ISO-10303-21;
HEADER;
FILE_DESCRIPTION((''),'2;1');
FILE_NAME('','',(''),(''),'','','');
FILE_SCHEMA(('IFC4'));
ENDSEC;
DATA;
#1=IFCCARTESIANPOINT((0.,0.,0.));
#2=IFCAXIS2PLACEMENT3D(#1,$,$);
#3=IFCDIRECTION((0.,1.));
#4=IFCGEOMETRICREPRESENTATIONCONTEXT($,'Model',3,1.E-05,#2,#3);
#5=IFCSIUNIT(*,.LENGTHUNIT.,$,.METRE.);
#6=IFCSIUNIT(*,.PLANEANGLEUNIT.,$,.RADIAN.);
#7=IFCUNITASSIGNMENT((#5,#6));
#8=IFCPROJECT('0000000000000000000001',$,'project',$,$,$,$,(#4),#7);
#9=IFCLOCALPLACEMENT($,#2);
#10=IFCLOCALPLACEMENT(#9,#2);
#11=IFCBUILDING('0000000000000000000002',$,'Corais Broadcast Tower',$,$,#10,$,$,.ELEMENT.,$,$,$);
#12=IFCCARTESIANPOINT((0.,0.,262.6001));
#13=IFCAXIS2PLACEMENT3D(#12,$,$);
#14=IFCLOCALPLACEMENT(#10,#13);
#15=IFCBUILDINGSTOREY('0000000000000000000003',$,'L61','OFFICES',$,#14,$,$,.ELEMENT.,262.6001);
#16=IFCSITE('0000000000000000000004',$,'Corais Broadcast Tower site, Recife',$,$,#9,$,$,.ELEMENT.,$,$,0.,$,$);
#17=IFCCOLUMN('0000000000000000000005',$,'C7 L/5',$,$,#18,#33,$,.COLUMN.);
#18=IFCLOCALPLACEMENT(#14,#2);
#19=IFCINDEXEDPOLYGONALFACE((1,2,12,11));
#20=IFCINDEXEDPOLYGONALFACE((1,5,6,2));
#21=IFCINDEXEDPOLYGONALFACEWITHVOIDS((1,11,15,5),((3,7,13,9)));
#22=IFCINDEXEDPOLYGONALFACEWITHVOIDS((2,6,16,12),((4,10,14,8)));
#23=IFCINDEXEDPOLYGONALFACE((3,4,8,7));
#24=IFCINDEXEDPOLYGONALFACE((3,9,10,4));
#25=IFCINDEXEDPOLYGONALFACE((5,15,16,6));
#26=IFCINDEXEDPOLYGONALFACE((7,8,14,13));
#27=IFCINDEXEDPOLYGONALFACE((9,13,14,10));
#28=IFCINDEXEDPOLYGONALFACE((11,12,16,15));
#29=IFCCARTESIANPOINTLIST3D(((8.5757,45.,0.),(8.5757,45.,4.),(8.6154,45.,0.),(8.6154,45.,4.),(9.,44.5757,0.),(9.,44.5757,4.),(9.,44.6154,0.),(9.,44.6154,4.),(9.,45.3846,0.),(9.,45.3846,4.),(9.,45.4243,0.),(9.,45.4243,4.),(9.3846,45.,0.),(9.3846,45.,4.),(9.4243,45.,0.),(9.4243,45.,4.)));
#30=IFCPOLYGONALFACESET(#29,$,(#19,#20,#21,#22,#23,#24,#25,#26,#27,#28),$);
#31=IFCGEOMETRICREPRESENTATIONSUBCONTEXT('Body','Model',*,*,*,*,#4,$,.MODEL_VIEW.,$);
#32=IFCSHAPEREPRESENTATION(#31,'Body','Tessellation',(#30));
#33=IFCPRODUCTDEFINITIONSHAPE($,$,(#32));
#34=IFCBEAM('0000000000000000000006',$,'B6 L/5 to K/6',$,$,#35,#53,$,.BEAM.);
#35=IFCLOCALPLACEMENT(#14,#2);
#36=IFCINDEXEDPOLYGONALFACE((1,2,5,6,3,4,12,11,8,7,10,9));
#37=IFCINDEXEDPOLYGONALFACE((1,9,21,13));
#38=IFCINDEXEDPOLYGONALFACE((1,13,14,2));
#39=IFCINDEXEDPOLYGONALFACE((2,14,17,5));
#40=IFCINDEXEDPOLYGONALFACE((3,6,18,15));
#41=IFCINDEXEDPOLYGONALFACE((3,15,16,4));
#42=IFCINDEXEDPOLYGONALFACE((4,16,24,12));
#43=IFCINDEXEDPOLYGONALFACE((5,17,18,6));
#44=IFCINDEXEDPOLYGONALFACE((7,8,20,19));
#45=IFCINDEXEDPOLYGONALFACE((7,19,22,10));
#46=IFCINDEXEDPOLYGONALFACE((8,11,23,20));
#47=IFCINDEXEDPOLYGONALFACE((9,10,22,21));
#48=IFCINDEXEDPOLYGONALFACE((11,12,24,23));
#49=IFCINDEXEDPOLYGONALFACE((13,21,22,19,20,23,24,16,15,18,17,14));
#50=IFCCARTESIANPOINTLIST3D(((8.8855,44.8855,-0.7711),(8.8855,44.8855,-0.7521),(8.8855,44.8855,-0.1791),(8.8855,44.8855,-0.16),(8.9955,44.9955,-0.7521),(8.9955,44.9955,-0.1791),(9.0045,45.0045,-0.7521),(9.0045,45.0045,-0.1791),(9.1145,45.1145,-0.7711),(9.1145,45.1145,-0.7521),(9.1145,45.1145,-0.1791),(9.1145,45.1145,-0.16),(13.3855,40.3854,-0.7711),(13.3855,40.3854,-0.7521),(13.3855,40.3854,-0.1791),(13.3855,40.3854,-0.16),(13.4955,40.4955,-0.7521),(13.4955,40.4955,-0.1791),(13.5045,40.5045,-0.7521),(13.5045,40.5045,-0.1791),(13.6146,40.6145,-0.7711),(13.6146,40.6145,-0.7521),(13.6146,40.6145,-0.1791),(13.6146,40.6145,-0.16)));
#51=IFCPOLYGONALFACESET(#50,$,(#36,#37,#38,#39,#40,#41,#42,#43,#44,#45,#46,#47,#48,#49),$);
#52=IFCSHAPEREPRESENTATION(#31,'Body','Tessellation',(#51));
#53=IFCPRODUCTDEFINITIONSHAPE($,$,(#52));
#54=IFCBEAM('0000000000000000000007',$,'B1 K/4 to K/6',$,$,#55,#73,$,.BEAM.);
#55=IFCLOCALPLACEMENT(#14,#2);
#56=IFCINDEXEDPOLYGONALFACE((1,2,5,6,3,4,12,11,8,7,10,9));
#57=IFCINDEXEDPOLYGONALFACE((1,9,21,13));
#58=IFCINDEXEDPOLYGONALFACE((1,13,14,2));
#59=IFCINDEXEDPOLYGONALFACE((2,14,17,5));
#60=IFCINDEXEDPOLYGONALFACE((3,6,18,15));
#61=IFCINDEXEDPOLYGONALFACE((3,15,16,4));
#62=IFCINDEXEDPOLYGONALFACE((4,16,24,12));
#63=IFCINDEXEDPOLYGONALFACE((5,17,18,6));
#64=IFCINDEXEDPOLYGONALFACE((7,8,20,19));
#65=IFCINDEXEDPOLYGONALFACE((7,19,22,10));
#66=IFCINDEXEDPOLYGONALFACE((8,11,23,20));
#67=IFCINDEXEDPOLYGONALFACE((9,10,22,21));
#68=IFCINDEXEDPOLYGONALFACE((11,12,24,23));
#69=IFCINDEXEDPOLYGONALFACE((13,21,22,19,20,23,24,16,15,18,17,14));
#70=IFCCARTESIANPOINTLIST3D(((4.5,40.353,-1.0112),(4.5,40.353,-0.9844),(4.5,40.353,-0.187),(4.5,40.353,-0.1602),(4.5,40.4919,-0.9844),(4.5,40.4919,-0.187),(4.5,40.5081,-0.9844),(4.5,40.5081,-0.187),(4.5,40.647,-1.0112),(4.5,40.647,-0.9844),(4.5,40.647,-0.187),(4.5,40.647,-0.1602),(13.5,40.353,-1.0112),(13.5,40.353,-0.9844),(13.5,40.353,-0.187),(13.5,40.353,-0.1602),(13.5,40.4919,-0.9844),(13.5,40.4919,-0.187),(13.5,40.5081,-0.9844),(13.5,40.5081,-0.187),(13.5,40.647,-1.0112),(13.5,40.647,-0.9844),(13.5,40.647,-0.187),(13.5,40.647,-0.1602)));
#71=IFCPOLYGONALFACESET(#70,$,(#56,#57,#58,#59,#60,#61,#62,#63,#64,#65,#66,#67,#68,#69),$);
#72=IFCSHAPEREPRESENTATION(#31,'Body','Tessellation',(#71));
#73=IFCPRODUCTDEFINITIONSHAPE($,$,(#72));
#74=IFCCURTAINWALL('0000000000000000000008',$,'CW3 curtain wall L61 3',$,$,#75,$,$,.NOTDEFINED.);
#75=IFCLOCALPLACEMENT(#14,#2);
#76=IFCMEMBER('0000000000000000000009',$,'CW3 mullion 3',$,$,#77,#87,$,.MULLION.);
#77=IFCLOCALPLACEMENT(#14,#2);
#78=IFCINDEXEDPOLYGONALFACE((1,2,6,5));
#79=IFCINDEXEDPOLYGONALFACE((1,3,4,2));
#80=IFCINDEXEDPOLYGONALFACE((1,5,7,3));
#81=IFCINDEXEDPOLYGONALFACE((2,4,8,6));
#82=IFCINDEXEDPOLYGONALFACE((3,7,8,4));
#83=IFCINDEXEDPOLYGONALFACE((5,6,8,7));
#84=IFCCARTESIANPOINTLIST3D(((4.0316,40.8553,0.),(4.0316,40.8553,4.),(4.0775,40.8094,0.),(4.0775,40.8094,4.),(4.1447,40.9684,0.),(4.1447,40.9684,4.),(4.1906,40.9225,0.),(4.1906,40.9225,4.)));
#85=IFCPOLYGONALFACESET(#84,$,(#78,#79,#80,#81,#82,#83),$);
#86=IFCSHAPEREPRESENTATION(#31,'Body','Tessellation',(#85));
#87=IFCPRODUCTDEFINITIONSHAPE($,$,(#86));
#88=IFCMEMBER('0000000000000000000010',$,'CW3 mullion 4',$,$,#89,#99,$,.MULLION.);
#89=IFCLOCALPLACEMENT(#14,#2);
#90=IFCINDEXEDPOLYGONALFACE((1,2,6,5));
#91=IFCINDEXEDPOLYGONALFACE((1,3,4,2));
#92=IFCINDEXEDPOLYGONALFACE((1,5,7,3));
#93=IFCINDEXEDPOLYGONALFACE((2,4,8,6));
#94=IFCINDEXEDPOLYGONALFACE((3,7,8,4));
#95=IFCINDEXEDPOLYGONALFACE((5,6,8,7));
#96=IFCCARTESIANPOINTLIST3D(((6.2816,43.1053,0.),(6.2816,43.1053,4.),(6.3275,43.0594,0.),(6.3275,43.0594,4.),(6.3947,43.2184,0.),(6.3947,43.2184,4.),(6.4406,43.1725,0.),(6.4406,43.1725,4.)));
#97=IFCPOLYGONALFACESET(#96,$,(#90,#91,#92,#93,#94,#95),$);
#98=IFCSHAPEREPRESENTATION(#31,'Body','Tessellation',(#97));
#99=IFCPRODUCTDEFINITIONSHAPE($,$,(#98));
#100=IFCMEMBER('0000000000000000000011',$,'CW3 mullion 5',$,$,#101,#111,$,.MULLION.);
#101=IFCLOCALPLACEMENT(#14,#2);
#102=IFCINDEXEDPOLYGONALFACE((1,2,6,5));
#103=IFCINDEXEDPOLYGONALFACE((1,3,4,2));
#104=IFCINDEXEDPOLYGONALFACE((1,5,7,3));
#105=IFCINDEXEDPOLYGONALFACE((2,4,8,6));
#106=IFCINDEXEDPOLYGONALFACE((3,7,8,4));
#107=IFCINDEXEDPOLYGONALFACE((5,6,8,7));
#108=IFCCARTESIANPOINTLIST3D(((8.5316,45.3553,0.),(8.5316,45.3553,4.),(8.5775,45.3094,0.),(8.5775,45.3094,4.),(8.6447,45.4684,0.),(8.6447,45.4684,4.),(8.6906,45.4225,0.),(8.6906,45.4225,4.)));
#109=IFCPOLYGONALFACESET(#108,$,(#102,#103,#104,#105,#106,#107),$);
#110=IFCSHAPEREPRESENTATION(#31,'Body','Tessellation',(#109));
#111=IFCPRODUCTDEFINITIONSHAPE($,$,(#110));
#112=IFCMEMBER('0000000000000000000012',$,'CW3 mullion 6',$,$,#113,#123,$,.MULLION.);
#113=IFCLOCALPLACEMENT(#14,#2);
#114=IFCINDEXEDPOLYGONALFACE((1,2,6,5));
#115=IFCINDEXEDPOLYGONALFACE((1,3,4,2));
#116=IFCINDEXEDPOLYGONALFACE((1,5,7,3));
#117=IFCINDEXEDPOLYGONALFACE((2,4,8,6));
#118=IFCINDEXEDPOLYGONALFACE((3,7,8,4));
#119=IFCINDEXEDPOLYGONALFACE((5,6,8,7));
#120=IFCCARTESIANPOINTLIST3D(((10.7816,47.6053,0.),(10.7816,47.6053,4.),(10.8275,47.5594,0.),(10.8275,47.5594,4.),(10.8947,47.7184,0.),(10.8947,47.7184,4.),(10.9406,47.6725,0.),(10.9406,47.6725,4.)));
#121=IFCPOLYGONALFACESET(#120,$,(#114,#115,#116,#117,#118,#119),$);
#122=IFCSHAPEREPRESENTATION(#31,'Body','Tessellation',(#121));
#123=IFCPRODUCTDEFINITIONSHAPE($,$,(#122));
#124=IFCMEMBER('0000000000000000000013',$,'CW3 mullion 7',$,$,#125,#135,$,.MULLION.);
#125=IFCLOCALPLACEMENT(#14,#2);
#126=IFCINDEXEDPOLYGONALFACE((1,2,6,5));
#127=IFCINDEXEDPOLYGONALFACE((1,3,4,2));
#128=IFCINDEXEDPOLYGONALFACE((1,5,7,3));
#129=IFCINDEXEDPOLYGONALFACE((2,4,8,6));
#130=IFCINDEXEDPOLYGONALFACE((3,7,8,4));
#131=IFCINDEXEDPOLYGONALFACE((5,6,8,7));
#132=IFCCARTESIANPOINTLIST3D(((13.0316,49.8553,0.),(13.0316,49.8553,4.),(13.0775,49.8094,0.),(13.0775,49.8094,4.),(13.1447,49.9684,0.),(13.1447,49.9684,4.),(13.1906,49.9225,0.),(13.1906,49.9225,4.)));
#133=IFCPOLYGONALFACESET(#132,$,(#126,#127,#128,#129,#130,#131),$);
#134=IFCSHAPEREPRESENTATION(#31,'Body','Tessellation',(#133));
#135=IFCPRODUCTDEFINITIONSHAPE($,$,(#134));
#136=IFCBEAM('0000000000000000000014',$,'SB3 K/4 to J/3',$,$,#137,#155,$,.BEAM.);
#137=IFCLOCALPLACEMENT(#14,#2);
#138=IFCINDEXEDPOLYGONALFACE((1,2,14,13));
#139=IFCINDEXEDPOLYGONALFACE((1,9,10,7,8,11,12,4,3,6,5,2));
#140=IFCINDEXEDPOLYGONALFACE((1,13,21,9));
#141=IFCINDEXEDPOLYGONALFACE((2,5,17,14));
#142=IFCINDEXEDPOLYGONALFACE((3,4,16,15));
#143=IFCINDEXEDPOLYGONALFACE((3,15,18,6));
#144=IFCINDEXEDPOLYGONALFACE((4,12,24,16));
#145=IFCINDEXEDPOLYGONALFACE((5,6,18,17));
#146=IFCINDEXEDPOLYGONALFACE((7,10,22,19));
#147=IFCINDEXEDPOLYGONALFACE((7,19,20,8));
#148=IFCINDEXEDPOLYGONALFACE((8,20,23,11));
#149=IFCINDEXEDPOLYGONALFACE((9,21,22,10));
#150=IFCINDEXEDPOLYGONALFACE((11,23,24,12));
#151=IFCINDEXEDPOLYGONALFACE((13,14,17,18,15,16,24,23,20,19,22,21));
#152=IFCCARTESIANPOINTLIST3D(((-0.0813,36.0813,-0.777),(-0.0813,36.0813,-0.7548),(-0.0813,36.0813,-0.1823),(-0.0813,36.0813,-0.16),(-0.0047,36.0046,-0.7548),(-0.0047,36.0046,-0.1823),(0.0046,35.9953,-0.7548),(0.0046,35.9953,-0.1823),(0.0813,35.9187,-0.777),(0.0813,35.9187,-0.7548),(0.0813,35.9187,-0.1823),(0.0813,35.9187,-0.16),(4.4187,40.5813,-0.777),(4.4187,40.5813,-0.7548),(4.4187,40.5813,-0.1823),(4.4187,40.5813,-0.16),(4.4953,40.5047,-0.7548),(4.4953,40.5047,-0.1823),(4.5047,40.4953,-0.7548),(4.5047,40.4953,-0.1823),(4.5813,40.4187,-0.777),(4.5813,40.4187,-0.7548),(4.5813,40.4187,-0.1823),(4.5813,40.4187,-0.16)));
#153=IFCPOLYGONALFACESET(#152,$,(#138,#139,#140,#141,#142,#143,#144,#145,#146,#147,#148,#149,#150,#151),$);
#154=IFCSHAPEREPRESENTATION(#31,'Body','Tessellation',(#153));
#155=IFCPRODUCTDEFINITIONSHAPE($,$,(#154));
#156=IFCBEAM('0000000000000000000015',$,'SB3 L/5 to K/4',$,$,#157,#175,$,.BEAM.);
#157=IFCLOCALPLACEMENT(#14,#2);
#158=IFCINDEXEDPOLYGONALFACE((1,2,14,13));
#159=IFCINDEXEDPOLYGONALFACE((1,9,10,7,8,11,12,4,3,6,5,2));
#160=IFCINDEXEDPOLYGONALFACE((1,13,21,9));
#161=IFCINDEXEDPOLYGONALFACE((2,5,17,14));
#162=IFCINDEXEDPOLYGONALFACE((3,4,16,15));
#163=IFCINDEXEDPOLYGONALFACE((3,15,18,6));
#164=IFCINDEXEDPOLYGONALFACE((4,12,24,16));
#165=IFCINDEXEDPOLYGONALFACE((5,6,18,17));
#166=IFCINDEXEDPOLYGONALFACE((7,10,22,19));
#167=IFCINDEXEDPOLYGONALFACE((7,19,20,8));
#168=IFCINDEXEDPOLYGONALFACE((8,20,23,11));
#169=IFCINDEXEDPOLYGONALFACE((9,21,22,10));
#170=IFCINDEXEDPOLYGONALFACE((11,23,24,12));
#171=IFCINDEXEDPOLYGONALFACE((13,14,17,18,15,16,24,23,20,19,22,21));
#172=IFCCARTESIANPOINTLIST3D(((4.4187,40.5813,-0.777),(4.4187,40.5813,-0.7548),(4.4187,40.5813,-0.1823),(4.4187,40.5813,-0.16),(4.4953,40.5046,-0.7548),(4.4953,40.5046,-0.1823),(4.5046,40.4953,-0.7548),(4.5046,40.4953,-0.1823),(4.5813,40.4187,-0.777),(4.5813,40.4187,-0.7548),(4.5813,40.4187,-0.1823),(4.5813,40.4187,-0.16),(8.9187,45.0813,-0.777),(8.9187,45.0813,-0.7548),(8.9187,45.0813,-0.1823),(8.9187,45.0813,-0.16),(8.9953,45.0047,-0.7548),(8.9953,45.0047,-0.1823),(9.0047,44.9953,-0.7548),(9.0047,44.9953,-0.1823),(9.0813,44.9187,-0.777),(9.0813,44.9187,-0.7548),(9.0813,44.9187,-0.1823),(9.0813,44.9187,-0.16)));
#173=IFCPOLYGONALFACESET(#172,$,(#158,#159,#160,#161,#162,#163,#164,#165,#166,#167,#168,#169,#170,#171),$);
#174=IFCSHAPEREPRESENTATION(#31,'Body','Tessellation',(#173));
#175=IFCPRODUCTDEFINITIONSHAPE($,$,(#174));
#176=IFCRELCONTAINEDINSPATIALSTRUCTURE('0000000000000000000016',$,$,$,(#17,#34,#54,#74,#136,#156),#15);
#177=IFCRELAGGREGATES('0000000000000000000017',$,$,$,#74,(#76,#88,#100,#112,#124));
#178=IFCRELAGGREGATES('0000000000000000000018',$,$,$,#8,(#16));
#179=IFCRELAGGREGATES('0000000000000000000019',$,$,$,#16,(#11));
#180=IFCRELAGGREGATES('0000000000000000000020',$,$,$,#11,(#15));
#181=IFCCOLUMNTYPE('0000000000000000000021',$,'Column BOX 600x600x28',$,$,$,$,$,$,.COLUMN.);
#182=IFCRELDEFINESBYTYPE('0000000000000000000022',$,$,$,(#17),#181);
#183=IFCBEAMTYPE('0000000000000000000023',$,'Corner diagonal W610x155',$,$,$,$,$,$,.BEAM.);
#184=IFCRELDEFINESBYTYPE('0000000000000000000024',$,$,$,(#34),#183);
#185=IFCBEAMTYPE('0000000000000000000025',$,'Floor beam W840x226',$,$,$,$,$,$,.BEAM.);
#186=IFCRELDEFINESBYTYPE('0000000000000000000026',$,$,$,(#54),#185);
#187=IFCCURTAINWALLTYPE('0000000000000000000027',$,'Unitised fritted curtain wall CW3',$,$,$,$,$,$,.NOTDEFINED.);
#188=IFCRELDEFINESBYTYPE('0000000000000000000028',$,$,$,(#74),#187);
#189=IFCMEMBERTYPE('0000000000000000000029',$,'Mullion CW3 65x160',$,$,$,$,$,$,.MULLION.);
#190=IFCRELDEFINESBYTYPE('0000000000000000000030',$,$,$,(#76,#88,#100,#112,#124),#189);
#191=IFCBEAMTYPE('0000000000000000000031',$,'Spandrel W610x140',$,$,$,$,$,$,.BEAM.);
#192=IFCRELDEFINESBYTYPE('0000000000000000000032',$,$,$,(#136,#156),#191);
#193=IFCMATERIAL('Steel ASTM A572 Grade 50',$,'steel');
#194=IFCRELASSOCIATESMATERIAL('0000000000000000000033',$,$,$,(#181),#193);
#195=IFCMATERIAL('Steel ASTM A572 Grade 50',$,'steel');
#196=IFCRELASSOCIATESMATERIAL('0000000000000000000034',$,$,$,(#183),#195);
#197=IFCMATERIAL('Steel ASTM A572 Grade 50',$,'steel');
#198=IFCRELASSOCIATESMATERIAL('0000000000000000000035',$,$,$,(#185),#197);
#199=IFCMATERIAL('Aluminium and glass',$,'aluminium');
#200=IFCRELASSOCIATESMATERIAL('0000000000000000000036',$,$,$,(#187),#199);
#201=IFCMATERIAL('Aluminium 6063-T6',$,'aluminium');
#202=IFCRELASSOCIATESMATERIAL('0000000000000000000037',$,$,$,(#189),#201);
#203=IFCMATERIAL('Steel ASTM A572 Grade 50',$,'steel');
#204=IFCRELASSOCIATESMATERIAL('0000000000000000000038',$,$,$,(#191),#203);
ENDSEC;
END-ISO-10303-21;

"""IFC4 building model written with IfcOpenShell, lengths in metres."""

from ifc_helpers import new_model, si_unit, direction, frame, origin, origin_2d, place, context, subcontext, project, spatial, rectangle, hollow_rectangle, i_section, extrude, material, material_profile, profile_set, type_object, element, aggregate, save


model = new_model("IFC4")

# Units and contexts
model_context = context("Model", 3, precision=1e-05, world=origin(), true_north=direction((0.0, 1.0)))
body_context = subcontext(model_context, "Body", "Model", "MODEL_VIEW")
ifc_project = project(units=[si_unit("LENGTHUNIT", "METRE"), si_unit("PLANEANGLEUNIT", "RADIAN")], contexts=[model_context])

# Site, building, storey
site_placement = place(None, origin())
site = spatial("IfcSite", under=ifc_project, at=site_placement, Name="Corais Broadcast Tower site, Recife", CompositionType="ELEMENT", RefElevation=0.0)
building_placement = place(site_placement, origin())
building = spatial("IfcBuilding", under=site, at=building_placement, Name="Corais Broadcast Tower", CompositionType="ELEMENT")
storey_placement = place(building_placement, frame((0.0, 0.0, 262.6001)))
storey = spatial("IfcBuildingStorey", under=building, at=storey_placement, Name="L61", Description="OFFICES", CompositionType="ELEMENT", Elevation=262.6001)

# Column
ifc_material_1 = material(Name="Steel ASTM A572 Grade 50", Category="steel")
ifc_material_profile_1 = material_profile(ifc_material_1, hollow_rectangle(XDim=0.6001, YDim=0.6001, WallThickness=0.0281, at=origin_2d()), Name="BOX 600x600x28")
ifc_profile_set_1 = profile_set([ifc_material_profile_1], Name="Steel ASTM A572 Grade 50")
column_type = type_object("IfcColumnType", Name="Column BOX 600x600x28", PredefinedType="COLUMN", material=ifc_profile_set_1)
column_placement = place(storey_placement, frame((9.0, 45.0, 0.0), z_axis=(0.0, 0.0, 1.0), x_axis=(0.707107, 0.707107, 0.0)))
element("IfcColumn", 1, at=column_placement, inside=storey, type_object=column_type, Name="C7 L/5", PredefinedType="COLUMN", context=body_context, shape_type="SweptSolid", body=[
    extrude(hollow_rectangle(XDim=0.6001, YDim=0.6001, WallThickness=0.0281, at=origin_2d()), origin(), (0.0, 0.0, 1.0), 4.0),
])

# Beams
ifc_material_2 = material(Name="Steel ASTM A572 Grade 50", Category="steel")
ifc_material_profile_2 = material_profile(ifc_material_2, i_section(OverallWidth=0.324, OverallDepth=0.6111, WebThickness=0.0127, FlangeThickness=0.019, at=origin_2d()), Name="W610x155")
ifc_profile_set_2 = profile_set([ifc_material_profile_2], Name="Steel ASTM A572 Grade 50")
beam_type_1 = type_object("IfcBeamType", Name="Corner diagonal W610x155", PredefinedType="BEAM", material=ifc_profile_set_2)
beam_1_placement = place(storey_placement, frame((9.0, 45.0, -0.4656), z_axis=(0.707107, -0.707107, 0.0), x_axis=(0.707107, 0.707107, 0.0)))
element("IfcBeam", 2, at=beam_1_placement, inside=storey, type_object=beam_type_1, Name="B6 L/5 to K/6", PredefinedType="BEAM", context=body_context, shape_type="SweptSolid", body=[
    extrude(i_section(OverallWidth=0.324, OverallDepth=0.6111, WebThickness=0.0127, FlangeThickness=0.019, at=origin_2d()), origin(), (0.0, 0.0, 1.0), 6.364),
])
ifc_material_3 = material(Name="Steel ASTM A572 Grade 50", Category="steel")
ifc_material_profile_3 = material_profile(ifc_material_3, i_section(OverallWidth=0.2939, OverallDepth=0.8511, WebThickness=0.0161, FlangeThickness=0.0269, at=origin_2d()), Name="W840x226")
ifc_profile_set_3 = profile_set([ifc_material_profile_3], Name="Steel ASTM A572 Grade 50")
beam_type_2 = type_object("IfcBeamType", Name="Floor beam W840x226", PredefinedType="BEAM", material=ifc_profile_set_3)
beam_2_placement = place(storey_placement, frame((4.5, 40.5, -0.5857), z_axis=(1.0, 0.0, 0.0), x_axis=(0.0, 1.0, 0.0)))
element("IfcBeam", 3, at=beam_2_placement, inside=storey, type_object=beam_type_2, Name="B1 K/4 to K/6", PredefinedType="BEAM", context=body_context, shape_type="SweptSolid", body=[
    extrude(i_section(OverallWidth=0.2939, OverallDepth=0.8511, WebThickness=0.0161, FlangeThickness=0.0269, at=origin_2d()), origin(), (0.0, 0.0, 1.0), 9.0),
])

# Curtain wall, members
ifc_material_4 = material(Name="Aluminium and glass", Category="aluminium")
curtain_wall_type = type_object("IfcCurtainWallType", Name="Unitised fritted curtain wall CW3", PredefinedType="NOTDEFINED", material=ifc_material_4)
curtain_wall_placement = place(storey_placement, origin())
curtain_wall = element("IfcCurtainWall", 4, at=curtain_wall_placement, inside=storey, type_object=curtain_wall_type, Name="CW3 curtain wall L61 3", PredefinedType="NOTDEFINED")
ifc_material_5 = material(Name="Aluminium 6063-T6", Category="aluminium")
ifc_material_profile_4 = material_profile(ifc_material_5, rectangle(XDim=0.0649, YDim=0.1599, at=origin_2d()), Name="Mullion CW3 65x160")
ifc_profile_set_4 = profile_set([ifc_material_profile_4], Name="Aluminium 6063-T6")
member_type_1 = type_object("IfcMemberType", Name="Mullion CW3 65x160", PredefinedType="MULLION", material=ifc_profile_set_4)
member_1_placement = place(storey_placement, frame((4.1111, 40.8889, 0.0), z_axis=(0.0, 0.0, 1.0), x_axis=(-0.707107, 0.707107, 0.0)))
member_1 = element("IfcMember", 5, at=member_1_placement, type_object=member_type_1, Name="CW3 mullion 3", PredefinedType="MULLION", context=body_context, shape_type="SweptSolid", body=[
    extrude(rectangle(XDim=0.0649, YDim=0.1599, at=origin_2d()), origin(), (0.0, 0.0, 1.0), 4.0),
])
member_2_placement = place(storey_placement, frame((6.3611, 43.1389, 0.0), z_axis=(0.0, 0.0, 1.0), x_axis=(-0.707107, 0.707107, 0.0)))
member_2 = element("IfcMember", 6, at=member_2_placement, type_object=member_type_1, Name="CW3 mullion 4", PredefinedType="MULLION", context=body_context, shape_type="SweptSolid", body=[
    extrude(rectangle(XDim=0.0649, YDim=0.1599, at=origin_2d()), origin(), (0.0, 0.0, 1.0), 4.0),
])
member_3_placement = place(storey_placement, frame((8.6111, 45.3889, 0.0), z_axis=(0.0, 0.0, 1.0), x_axis=(-0.707107, 0.707107, 0.0)))
member_3 = element("IfcMember", 7, at=member_3_placement, type_object=member_type_1, Name="CW3 mullion 5", PredefinedType="MULLION", context=body_context, shape_type="SweptSolid", body=[
    extrude(rectangle(XDim=0.0649, YDim=0.1599, at=origin_2d()), origin(), (0.0, 0.0, 1.0), 4.0),
])
member_4_placement = place(storey_placement, frame((10.8611, 47.6389, 0.0), z_axis=(0.0, 0.0, 1.0), x_axis=(-0.707107, 0.707107, 0.0)))
member_4 = element("IfcMember", 8, at=member_4_placement, type_object=member_type_1, Name="CW3 mullion 6", PredefinedType="MULLION", context=body_context, shape_type="SweptSolid", body=[
    extrude(rectangle(XDim=0.0649, YDim=0.1599, at=origin_2d()), origin(), (0.0, 0.0, 1.0), 4.0),
])
member_5_placement = place(storey_placement, frame((13.1111, 49.8889, 0.0), z_axis=(0.0, 0.0, 1.0), x_axis=(-0.707107, 0.707107, 0.0)))
member_5 = element("IfcMember", 9, at=member_5_placement, type_object=member_type_1, Name="CW3 mullion 7", PredefinedType="MULLION", context=body_context, shape_type="SweptSolid", body=[
    extrude(rectangle(XDim=0.0649, YDim=0.1599, at=origin_2d()), origin(), (0.0, 0.0, 1.0), 4.0),
])

# Beams
ifc_material_6 = material(Name="Steel ASTM A572 Grade 50", Category="steel")
ifc_material_profile_5 = material_profile(ifc_material_6, i_section(OverallWidth=0.23, OverallDepth=0.6169, WebThickness=0.0132, FlangeThickness=0.0222, at=origin_2d()), Name="W610x140")
ifc_profile_set_5 = profile_set([ifc_material_profile_5], Name="Steel ASTM A572 Grade 50")
beam_type_3 = type_object("IfcBeamType", Name="Spandrel W610x140", PredefinedType="BEAM", material=ifc_profile_set_5)
for number, where, z_axis, x_axis, name in (
    (10, (4.5, 40.5, -0.4685), (-0.707107, -0.707107, 0.0), (0.707107, -0.707107, 0.0), "SB3 K/4 to J/3"),
    (11, (9.0, 45.0, -0.4685), (-0.707107, -0.707107, 0.0), (0.707107, -0.707107, 0.0), "SB3 L/5 to K/4"),
):
    element("IfcBeam", number, at=place(storey_placement, frame(where, z_axis=z_axis, x_axis=x_axis)), inside=storey, type_object=beam_type_3, Name=name, PredefinedType="BEAM", context=body_context, shape_type="SweptSolid", body=[
        extrude(i_section(OverallWidth=0.23, OverallDepth=0.6169, WebThickness=0.0132, FlangeThickness=0.0222, at=origin_2d()), origin(), (0.0, 0.0, 1.0), 6.364),
    ])

aggregate(curtain_wall, [member_1, member_2, member_3, member_4, member_5])

save(model, "model.ifc")
